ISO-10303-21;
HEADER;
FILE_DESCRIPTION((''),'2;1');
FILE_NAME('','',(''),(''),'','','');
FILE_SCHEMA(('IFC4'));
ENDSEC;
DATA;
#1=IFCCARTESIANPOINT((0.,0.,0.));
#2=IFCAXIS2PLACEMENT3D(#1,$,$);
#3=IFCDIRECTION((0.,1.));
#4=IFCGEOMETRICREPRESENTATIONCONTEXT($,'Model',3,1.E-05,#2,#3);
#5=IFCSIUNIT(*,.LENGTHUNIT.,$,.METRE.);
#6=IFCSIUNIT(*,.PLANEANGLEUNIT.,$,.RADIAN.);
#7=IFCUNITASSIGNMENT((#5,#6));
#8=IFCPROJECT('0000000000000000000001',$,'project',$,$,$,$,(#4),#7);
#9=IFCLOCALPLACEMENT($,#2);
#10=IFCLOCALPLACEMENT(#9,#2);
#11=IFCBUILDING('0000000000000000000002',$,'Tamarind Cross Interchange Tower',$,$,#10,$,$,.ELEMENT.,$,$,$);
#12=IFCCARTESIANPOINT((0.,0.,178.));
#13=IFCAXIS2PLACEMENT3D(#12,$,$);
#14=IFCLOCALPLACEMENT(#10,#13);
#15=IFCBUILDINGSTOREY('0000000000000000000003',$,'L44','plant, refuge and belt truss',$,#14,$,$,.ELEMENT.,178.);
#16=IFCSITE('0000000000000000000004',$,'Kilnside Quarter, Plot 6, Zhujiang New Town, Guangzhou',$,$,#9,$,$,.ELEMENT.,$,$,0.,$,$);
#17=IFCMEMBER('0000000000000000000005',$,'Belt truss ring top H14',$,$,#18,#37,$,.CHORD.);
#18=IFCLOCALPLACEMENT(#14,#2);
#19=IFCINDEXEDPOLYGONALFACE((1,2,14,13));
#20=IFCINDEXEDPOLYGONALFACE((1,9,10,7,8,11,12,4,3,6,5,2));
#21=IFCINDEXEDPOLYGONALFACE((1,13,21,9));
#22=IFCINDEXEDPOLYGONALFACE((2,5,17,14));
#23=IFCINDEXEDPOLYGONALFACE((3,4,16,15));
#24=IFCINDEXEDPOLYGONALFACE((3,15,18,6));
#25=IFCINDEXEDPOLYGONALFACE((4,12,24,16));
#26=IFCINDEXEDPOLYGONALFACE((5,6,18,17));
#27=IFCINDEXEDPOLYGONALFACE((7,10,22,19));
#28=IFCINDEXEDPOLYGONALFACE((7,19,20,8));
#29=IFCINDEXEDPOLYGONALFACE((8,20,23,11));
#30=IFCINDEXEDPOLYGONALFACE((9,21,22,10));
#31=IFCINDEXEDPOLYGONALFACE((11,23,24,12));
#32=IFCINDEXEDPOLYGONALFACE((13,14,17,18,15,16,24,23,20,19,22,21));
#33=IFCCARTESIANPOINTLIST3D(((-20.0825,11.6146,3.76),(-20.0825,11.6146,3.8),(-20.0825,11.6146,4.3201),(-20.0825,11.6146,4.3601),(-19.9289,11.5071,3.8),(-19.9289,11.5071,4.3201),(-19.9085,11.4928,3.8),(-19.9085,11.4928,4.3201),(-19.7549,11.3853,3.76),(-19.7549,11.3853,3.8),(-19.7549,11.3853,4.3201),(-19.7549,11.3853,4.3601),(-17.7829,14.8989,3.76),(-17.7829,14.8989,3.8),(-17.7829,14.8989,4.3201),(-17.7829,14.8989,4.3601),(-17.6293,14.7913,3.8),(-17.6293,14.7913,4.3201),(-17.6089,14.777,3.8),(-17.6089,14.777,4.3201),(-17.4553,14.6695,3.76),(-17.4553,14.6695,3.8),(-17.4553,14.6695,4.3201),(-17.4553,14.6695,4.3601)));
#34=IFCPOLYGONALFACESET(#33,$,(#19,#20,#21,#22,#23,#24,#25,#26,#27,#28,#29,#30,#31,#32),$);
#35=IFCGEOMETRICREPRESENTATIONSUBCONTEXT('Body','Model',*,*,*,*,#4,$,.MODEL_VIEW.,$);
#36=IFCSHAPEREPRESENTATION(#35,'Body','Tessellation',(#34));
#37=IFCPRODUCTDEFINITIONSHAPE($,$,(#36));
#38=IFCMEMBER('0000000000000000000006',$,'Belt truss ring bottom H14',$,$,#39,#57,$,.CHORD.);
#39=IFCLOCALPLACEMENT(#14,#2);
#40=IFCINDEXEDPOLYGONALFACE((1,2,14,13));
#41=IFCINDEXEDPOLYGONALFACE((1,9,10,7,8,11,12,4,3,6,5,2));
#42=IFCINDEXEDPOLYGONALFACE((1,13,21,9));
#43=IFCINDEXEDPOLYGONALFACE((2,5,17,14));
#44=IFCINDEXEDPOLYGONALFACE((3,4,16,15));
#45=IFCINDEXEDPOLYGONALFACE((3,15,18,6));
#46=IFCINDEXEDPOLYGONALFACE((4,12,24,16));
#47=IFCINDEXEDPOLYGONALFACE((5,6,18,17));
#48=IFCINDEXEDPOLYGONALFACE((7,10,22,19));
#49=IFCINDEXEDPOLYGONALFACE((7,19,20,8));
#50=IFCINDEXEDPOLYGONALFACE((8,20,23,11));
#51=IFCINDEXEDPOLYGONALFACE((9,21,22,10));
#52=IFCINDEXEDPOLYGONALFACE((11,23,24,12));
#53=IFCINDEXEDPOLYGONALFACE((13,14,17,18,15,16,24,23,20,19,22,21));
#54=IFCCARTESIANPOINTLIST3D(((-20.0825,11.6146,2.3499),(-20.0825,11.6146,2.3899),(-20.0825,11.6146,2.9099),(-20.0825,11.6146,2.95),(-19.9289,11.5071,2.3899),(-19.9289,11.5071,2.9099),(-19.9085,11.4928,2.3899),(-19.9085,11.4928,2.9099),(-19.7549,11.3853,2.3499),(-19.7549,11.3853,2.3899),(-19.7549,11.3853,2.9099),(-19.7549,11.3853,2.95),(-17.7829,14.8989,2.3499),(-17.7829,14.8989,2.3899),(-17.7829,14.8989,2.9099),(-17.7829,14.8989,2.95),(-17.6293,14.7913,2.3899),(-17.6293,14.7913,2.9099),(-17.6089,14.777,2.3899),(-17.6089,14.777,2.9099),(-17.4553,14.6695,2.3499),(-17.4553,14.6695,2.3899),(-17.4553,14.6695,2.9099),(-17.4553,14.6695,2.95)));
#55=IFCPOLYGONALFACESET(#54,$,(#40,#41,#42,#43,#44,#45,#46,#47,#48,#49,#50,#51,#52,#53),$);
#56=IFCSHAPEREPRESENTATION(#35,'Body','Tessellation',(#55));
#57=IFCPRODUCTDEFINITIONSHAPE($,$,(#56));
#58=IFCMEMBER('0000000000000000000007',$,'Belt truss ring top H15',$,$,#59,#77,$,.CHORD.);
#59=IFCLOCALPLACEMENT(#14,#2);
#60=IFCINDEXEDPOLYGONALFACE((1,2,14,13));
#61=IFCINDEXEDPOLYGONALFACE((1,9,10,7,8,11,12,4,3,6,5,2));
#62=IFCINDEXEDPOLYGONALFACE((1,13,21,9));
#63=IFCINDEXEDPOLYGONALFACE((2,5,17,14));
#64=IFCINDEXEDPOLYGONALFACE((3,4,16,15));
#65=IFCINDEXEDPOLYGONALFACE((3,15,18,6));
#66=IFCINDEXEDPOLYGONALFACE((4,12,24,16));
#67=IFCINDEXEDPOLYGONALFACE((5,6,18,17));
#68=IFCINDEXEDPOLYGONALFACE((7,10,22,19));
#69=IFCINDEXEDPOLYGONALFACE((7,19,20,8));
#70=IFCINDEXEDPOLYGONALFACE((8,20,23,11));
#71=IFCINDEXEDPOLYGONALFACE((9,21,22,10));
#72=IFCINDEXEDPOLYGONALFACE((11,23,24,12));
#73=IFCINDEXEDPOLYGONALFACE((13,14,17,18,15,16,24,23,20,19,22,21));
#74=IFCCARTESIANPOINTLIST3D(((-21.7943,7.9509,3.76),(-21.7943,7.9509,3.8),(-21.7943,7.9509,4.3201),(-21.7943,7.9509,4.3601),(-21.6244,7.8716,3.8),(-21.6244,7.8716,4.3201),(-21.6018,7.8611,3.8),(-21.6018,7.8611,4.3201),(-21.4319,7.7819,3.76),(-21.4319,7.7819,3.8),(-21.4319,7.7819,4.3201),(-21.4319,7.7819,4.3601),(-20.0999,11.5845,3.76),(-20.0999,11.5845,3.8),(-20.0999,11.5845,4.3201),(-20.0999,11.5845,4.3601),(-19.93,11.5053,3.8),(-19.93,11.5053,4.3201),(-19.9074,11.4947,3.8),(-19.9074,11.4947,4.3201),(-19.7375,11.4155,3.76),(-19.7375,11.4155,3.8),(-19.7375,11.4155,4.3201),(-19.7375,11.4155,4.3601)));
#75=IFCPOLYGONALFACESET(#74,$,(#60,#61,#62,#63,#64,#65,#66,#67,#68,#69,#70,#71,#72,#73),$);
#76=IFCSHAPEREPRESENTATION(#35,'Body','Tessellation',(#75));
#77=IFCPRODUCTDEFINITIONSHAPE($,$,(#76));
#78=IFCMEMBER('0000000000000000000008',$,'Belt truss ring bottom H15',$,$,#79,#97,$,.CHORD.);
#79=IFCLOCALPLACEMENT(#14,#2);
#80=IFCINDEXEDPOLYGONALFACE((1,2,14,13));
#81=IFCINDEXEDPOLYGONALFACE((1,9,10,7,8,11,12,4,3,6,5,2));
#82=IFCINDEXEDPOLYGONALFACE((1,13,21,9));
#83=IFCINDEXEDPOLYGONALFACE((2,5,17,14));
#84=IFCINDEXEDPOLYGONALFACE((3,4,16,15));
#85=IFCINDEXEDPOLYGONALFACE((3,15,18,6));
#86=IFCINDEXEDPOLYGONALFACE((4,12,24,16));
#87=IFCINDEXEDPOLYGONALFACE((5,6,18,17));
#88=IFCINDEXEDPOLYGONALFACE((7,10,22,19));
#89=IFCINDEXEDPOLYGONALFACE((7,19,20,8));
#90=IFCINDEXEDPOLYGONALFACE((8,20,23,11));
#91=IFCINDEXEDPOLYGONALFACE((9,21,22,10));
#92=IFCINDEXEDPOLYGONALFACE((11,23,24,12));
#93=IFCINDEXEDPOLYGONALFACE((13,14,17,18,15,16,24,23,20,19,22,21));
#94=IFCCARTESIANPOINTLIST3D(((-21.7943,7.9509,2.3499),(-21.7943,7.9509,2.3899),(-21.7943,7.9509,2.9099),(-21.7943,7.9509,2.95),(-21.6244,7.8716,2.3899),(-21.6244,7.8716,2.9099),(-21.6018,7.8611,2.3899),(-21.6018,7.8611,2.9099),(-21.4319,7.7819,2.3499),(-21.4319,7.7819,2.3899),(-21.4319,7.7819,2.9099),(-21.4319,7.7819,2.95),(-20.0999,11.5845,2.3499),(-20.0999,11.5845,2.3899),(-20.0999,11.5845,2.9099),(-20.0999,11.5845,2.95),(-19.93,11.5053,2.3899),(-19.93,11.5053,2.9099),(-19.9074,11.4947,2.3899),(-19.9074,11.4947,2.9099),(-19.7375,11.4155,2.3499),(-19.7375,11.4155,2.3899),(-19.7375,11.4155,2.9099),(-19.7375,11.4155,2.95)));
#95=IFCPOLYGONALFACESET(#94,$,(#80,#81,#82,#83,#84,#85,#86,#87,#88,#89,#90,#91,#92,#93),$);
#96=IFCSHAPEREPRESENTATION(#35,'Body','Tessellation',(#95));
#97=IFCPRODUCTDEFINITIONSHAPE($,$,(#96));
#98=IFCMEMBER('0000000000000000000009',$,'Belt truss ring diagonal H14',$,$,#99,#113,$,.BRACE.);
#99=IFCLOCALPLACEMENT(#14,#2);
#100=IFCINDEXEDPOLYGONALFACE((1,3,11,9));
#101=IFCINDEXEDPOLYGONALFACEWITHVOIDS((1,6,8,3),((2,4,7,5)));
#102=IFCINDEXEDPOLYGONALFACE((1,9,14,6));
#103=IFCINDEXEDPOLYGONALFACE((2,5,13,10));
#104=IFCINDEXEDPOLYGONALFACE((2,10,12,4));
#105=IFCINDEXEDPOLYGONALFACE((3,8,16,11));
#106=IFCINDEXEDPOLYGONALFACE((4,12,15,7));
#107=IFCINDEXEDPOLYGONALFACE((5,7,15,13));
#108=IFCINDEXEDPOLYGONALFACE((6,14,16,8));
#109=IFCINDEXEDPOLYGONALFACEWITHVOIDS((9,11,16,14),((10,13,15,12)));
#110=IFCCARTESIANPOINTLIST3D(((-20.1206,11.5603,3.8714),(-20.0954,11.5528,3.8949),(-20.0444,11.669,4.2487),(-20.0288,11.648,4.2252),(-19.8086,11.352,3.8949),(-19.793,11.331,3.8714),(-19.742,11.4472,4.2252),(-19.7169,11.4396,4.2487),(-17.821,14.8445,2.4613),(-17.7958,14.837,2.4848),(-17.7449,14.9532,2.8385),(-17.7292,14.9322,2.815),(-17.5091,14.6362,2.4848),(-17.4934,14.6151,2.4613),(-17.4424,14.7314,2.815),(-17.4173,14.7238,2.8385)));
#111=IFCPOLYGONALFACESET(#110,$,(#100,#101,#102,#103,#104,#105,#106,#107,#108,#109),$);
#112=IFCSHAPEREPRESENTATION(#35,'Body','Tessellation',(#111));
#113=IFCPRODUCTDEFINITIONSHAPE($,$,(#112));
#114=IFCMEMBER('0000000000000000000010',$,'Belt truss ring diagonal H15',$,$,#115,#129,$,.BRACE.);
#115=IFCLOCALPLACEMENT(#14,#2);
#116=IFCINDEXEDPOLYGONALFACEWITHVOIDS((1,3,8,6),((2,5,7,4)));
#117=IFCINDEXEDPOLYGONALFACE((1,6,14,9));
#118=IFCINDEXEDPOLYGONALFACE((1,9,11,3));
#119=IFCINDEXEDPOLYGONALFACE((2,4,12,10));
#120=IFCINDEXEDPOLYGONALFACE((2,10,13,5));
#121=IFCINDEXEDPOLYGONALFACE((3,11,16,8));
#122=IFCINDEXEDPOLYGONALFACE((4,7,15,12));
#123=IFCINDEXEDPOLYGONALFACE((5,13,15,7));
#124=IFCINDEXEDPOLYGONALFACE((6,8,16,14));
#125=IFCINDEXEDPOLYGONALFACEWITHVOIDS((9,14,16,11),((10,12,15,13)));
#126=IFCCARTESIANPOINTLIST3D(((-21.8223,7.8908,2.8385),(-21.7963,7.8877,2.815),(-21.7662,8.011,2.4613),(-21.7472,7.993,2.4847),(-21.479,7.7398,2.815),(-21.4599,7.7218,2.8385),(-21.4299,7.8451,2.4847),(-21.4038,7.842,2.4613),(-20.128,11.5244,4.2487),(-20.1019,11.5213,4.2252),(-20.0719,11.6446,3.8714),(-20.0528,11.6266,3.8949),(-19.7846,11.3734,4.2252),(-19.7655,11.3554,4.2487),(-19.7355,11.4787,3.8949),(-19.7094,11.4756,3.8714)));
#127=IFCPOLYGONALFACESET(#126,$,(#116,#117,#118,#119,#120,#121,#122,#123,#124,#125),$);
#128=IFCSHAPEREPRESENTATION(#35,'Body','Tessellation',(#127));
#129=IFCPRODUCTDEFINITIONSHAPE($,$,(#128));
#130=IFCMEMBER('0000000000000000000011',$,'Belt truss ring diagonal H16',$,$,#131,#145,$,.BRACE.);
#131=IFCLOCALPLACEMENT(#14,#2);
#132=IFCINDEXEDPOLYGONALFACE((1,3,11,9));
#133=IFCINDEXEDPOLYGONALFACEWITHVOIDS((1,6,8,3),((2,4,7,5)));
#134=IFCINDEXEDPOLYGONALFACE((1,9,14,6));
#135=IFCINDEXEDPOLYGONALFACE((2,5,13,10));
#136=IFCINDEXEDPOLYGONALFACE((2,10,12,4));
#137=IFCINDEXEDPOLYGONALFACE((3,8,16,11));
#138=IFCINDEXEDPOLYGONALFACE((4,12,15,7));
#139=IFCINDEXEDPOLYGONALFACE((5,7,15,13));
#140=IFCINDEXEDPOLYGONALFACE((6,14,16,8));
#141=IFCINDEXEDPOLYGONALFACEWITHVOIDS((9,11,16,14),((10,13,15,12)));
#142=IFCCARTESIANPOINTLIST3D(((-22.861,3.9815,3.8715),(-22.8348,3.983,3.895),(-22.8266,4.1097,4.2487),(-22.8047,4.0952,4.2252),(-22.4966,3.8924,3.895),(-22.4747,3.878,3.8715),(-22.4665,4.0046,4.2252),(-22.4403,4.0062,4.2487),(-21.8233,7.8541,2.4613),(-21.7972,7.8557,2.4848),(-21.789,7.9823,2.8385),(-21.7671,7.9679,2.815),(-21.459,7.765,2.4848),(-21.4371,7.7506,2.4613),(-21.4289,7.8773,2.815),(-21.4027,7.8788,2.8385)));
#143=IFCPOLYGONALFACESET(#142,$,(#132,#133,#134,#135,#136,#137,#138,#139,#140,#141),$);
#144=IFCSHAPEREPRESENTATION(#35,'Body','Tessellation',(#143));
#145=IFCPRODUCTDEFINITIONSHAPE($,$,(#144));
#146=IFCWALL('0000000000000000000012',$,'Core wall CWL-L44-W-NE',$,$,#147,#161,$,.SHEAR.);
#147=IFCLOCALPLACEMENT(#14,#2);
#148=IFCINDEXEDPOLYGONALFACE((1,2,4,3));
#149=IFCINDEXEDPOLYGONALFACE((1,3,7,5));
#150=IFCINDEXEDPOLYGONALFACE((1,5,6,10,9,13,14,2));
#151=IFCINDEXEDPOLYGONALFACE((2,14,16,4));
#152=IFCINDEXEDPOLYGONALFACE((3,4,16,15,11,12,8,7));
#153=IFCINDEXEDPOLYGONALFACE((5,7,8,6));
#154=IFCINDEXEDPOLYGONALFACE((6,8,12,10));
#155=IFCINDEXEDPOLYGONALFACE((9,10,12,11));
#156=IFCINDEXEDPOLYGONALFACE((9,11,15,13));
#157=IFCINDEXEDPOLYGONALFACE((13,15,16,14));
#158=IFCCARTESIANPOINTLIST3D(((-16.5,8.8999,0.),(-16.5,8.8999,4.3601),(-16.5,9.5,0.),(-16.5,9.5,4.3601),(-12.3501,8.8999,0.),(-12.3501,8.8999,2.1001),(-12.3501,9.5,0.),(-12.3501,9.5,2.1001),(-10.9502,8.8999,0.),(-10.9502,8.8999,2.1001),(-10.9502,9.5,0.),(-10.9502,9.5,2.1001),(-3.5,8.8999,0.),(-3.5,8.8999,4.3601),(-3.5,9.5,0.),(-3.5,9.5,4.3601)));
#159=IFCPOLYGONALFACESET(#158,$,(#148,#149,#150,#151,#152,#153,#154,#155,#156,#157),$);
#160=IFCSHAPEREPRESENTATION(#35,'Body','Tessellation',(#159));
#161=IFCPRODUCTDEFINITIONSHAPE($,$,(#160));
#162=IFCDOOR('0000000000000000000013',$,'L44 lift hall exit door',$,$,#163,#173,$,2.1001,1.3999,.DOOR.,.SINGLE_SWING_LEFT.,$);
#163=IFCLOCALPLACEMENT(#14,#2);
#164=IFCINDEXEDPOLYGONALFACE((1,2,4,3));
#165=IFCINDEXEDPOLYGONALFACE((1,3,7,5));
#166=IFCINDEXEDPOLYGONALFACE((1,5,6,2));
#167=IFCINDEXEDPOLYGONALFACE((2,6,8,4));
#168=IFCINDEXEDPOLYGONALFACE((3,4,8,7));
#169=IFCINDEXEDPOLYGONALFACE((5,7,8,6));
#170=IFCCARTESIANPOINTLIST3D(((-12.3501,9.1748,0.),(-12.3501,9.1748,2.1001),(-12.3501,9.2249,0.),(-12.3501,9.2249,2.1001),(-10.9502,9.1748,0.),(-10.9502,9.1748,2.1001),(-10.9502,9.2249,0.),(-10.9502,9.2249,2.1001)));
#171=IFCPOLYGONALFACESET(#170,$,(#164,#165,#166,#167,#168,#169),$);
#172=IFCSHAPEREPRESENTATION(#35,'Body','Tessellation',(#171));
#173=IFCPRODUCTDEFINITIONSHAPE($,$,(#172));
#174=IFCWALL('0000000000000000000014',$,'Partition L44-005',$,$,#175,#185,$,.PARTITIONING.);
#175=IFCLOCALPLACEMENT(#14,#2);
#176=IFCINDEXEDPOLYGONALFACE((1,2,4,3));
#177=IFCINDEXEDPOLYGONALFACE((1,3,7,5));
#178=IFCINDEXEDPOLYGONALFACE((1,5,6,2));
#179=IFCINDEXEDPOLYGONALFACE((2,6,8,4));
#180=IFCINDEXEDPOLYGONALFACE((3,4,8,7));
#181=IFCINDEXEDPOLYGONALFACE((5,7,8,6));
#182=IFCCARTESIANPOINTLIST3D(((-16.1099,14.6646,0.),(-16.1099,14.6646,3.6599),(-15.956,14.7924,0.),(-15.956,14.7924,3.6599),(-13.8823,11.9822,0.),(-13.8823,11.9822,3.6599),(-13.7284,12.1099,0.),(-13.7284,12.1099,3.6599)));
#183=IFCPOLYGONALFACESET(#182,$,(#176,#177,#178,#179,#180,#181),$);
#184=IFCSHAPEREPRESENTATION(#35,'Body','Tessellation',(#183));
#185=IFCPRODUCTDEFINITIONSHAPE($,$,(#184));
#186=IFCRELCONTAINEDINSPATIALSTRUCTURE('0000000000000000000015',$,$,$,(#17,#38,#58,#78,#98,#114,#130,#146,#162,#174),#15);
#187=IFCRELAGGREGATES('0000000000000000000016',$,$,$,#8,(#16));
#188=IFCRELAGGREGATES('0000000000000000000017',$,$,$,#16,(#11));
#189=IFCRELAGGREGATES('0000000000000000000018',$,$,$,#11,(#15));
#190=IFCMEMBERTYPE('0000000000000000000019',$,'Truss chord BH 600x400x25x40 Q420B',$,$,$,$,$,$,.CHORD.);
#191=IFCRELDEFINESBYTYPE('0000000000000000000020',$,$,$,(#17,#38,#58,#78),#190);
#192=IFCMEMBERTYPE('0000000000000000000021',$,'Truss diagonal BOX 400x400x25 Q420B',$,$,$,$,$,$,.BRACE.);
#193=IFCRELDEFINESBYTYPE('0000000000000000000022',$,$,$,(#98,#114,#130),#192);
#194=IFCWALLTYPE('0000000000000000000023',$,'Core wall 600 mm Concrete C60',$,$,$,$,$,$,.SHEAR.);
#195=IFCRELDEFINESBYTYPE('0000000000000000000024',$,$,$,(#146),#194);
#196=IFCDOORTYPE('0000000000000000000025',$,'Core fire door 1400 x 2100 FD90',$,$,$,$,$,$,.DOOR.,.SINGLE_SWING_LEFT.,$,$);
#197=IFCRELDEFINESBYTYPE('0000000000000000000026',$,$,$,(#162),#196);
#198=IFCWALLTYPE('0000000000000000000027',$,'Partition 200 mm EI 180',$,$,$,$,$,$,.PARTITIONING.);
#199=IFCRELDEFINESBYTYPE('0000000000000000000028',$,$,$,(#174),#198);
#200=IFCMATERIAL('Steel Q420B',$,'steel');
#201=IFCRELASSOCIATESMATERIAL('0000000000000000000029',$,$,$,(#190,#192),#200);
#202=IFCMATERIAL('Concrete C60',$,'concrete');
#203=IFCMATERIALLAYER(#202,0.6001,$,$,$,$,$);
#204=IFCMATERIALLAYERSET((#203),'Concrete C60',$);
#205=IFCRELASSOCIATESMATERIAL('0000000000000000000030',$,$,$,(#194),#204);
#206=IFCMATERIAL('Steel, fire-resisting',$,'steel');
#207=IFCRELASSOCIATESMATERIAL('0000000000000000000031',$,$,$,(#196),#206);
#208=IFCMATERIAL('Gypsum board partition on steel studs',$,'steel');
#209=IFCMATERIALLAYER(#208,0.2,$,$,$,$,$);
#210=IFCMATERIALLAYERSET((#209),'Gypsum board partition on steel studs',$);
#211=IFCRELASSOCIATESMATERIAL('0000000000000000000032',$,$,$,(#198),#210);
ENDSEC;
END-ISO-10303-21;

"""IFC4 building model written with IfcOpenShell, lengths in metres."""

from ifc_helpers import new_model, si_unit, direction, frame, frame_2d, origin, origin_2d, place, context, subcontext, project, spatial, rectangle, hollow_rectangle, i_section, extrude, material, layer, layer_set, material_profile, profile_set, type_object, element, fill, save


model = new_model("IFC4")

# Units and contexts
model_context = context("Model", 3, precision=1e-05, world=origin(), true_north=direction((0.0, 1.0)))
body_context = subcontext(model_context, "Body", "Model", "MODEL_VIEW")
ifc_project = project(units=[si_unit("LENGTHUNIT", "METRE"), si_unit("PLANEANGLEUNIT", "RADIAN")], contexts=[model_context])

# Site, building, storey
site_placement = place(None, origin())
site = spatial("IfcSite", under=ifc_project, at=site_placement, Name="Kilnside Quarter, Plot 6, Zhujiang New Town, Guangzhou", CompositionType="ELEMENT", RefElevation=0.0)
building_placement = place(site_placement, origin())
building = spatial("IfcBuilding", under=site, at=building_placement, Name="Tamarind Cross Interchange Tower", CompositionType="ELEMENT")
storey_placement = place(building_placement, frame((0.0, 0.0, 178.0)))
storey = spatial("IfcBuildingStorey", under=building, at=storey_placement, Name="L44", Description="plant, refuge and belt truss", CompositionType="ELEMENT", Elevation=178.0)

# Shared definitions
ifc_material_1 = material(Name="Concrete C60", Category="concrete")

# Members
ifc_material_2 = material(Name="Steel Q420B", Category="steel")
ifc_material_profile_1 = material_profile(ifc_material_2, i_section(OverallWidth=0.3999, OverallDepth=0.6001, WebThickness=0.0249, FlangeThickness=0.04, at=origin_2d()), Name="BH 600x400x25x40")
ifc_profile_set_1 = profile_set([ifc_material_profile_1], Name="Steel Q420B")
member_type_1 = type_object("IfcMemberType", Name="Truss chord BH 600x400x25x40 Q420B", PredefinedType="CHORD", material=ifc_profile_set_1)
for number, where, z_axis, x_axis, name in (
    (1, (-17.6191, 14.7842, 4.0601), (-0.573569, -0.819158, 0.0), (0.819158, -0.573569, 0.0), "Belt truss ring top H14"),
    (2, (-17.6191, 14.7842, 2.6499), (-0.573569, -0.819158, 0.0), (0.819158, -0.573569, 0.0), "Belt truss ring bottom H14"),
    (3, (-19.9187, 11.5, 4.0601), (-0.422615, -0.906309, 0.0), (0.906309, -0.422615, 0.0), "Belt truss ring top H15"),
    (4, (-19.9187, 11.5, 2.6499), (-0.422615, -0.906309, 0.0), (0.906309, -0.422615, 0.0), "Belt truss ring bottom H15"),
):
    element("IfcMember", number, at=place(storey_placement, frame(where, z_axis=z_axis, x_axis=x_axis)), inside=storey, type_object=member_type_1, Name=name, PredefinedType="CHORD", context=body_context, shape_type="SweptSolid", body=[
        extrude(i_section(OverallWidth=0.3999, OverallDepth=0.6001, WebThickness=0.0249, FlangeThickness=0.04, at=origin_2d()), origin(), (0.0, 0.0, 1.0), 4.0093),
    ])
ifc_material_profile_2 = material_profile(ifc_material_2, hollow_rectangle(XDim=0.3999, YDim=0.3999, WallThickness=0.0249, at=origin_2d()), Name="BOX 400x400x25")
ifc_profile_set_2 = profile_set([ifc_material_profile_2], Name="Steel Q420B")
member_type_2 = type_object("IfcMemberType", Name="Truss diagonal BOX 400x400x25 Q420B", PredefinedType="BRACE", material=ifc_profile_set_2)
for number, where, z_axis, x_axis, name in (
    (5, (-17.6191, 14.7842, 2.6499), (-0.541075, -0.772751, 0.331803), (0.819158, -0.573569, 0.0), "Belt truss ring diagonal H14"),
    (6, (-19.9187, 11.5, 4.0601), (-0.398673, -0.854964, -0.331806), (0.906309, -0.422615, 0.0), "Belt truss ring diagonal H15"),
    (7, (-21.613, 7.8665, 2.6499), (-0.244145, -0.911206, 0.331807), (0.965929, -0.258807, 0.0), "Belt truss ring diagonal H16"),
):
    element("IfcMember", number, at=place(storey_placement, frame(where, z_axis=z_axis, x_axis=x_axis)), inside=storey, type_object=member_type_2, Name=name, PredefinedType="BRACE", context=body_context, shape_type="SweptSolid", body=[
        extrude(hollow_rectangle(XDim=0.3999, YDim=0.3999, WallThickness=0.0249, at=origin_2d()), origin(), (0.0, 0.0, 1.0), 4.25),
    ])

# Wall, opening, door
ifc_layer_1 = layer(ifc_material_1, 0.6001)
ifc_layer_set_1 = layer_set([ifc_layer_1], Name="Concrete C60")
wall_type_1 = type_object("IfcWallType", Name="Core wall 600 mm Concrete C60", PredefinedType="SHEAR", material=ifc_layer_set_1)
wall_1_placement = place(storey_placement, frame((-16.5, 9.2, 0.0), z_axis=(0.0, 0.0, 1.0), x_axis=(1.0, 0.0, 0.0)))
wall_1 = element("IfcWall", 8, at=wall_1_placement, inside=storey, type_object=wall_type_1, Name="Core wall CWL-L44-W-NE", PredefinedType="SHEAR", context=body_context, shape_type="SweptSolid", body=[
    extrude(rectangle(XDim=13.0, YDim=0.6001, at=frame_2d((6.5, 0.0))), origin(), (0.0, 0.0, 1.0), 4.3601),
])
opening_1_placement = place(wall_1_placement, frame((4.1499, 0.0, 0.0)))
opening_1 = element("IfcOpeningElement", 9, at=opening_1_placement, cuts=wall_1, PredefinedType="OPENING", context=body_context, shape_type="SweptSolid", body=[
    extrude(rectangle(XDim=1.3999, YDim=2.1001, at=frame_2d((0.7, 1.05))), frame((0.0, 0.3101, 0.0), z_axis=(0.0, -1.0, 0.0), x_axis=(1.0, 0.0, 0.0)), (0.0, 0.0, 1.0), 0.6201),
])
ifc_material_3 = material(Name="Steel, fire-resisting", Category="steel")
door_type_1 = type_object("IfcDoorType", Name="Core fire door 1400 x 2100 FD90", OperationType="SINGLE_SWING_LEFT", PredefinedType="DOOR", material=ifc_material_3)
door_1_placement = place(opening_1_placement, origin())
door_1 = element("IfcDoor", 10, at=door_1_placement, inside=storey, type_object=door_type_1, Name="L44 lift hall exit door", OperationType="SINGLE_SWING_LEFT", OverallHeight=2.1001, OverallWidth=1.3999, PredefinedType="DOOR", context=body_context, shape_type="SweptSolid", body=[
    extrude(rectangle(XDim=1.3999, YDim=2.1001, at=frame_2d((0.7, 1.05))), frame((0.0, 0.0249, 0.0), z_axis=(0.0, -1.0, 0.0), x_axis=(1.0, 0.0, 0.0)), (0.0, 0.0, 1.0), 0.05),
])
fill(opening_1, door_1)

# Wall
ifc_material_4 = material(Name="Gypsum board partition on steel studs", Category="steel")
ifc_layer_2 = layer(ifc_material_4, 0.2)
ifc_layer_set_2 = layer_set([ifc_layer_2], Name="Gypsum board partition on steel studs")
wall_type_2 = type_object("IfcWallType", Name="Partition 200 mm EI 180", PredefinedType="PARTITIONING", material=ifc_layer_set_2)
wall_2_placement = place(storey_placement, frame((-16.033, 14.7285, 0.0), z_axis=(0.0, 0.0, 1.0), x_axis=(0.638868, -0.769316, 0.0)))
element("IfcWall", 11, at=wall_2_placement, inside=storey, type_object=wall_type_2, Name="Partition L44-005", PredefinedType="PARTITIONING", context=body_context, shape_type="SweptSolid", body=[
    extrude(rectangle(XDim=3.4868, YDim=0.2, at=frame_2d((1.7434, 0.0))), origin(), (0.0, 0.0, 1.0), 3.6599),
])

save(model, "model.ifc")
